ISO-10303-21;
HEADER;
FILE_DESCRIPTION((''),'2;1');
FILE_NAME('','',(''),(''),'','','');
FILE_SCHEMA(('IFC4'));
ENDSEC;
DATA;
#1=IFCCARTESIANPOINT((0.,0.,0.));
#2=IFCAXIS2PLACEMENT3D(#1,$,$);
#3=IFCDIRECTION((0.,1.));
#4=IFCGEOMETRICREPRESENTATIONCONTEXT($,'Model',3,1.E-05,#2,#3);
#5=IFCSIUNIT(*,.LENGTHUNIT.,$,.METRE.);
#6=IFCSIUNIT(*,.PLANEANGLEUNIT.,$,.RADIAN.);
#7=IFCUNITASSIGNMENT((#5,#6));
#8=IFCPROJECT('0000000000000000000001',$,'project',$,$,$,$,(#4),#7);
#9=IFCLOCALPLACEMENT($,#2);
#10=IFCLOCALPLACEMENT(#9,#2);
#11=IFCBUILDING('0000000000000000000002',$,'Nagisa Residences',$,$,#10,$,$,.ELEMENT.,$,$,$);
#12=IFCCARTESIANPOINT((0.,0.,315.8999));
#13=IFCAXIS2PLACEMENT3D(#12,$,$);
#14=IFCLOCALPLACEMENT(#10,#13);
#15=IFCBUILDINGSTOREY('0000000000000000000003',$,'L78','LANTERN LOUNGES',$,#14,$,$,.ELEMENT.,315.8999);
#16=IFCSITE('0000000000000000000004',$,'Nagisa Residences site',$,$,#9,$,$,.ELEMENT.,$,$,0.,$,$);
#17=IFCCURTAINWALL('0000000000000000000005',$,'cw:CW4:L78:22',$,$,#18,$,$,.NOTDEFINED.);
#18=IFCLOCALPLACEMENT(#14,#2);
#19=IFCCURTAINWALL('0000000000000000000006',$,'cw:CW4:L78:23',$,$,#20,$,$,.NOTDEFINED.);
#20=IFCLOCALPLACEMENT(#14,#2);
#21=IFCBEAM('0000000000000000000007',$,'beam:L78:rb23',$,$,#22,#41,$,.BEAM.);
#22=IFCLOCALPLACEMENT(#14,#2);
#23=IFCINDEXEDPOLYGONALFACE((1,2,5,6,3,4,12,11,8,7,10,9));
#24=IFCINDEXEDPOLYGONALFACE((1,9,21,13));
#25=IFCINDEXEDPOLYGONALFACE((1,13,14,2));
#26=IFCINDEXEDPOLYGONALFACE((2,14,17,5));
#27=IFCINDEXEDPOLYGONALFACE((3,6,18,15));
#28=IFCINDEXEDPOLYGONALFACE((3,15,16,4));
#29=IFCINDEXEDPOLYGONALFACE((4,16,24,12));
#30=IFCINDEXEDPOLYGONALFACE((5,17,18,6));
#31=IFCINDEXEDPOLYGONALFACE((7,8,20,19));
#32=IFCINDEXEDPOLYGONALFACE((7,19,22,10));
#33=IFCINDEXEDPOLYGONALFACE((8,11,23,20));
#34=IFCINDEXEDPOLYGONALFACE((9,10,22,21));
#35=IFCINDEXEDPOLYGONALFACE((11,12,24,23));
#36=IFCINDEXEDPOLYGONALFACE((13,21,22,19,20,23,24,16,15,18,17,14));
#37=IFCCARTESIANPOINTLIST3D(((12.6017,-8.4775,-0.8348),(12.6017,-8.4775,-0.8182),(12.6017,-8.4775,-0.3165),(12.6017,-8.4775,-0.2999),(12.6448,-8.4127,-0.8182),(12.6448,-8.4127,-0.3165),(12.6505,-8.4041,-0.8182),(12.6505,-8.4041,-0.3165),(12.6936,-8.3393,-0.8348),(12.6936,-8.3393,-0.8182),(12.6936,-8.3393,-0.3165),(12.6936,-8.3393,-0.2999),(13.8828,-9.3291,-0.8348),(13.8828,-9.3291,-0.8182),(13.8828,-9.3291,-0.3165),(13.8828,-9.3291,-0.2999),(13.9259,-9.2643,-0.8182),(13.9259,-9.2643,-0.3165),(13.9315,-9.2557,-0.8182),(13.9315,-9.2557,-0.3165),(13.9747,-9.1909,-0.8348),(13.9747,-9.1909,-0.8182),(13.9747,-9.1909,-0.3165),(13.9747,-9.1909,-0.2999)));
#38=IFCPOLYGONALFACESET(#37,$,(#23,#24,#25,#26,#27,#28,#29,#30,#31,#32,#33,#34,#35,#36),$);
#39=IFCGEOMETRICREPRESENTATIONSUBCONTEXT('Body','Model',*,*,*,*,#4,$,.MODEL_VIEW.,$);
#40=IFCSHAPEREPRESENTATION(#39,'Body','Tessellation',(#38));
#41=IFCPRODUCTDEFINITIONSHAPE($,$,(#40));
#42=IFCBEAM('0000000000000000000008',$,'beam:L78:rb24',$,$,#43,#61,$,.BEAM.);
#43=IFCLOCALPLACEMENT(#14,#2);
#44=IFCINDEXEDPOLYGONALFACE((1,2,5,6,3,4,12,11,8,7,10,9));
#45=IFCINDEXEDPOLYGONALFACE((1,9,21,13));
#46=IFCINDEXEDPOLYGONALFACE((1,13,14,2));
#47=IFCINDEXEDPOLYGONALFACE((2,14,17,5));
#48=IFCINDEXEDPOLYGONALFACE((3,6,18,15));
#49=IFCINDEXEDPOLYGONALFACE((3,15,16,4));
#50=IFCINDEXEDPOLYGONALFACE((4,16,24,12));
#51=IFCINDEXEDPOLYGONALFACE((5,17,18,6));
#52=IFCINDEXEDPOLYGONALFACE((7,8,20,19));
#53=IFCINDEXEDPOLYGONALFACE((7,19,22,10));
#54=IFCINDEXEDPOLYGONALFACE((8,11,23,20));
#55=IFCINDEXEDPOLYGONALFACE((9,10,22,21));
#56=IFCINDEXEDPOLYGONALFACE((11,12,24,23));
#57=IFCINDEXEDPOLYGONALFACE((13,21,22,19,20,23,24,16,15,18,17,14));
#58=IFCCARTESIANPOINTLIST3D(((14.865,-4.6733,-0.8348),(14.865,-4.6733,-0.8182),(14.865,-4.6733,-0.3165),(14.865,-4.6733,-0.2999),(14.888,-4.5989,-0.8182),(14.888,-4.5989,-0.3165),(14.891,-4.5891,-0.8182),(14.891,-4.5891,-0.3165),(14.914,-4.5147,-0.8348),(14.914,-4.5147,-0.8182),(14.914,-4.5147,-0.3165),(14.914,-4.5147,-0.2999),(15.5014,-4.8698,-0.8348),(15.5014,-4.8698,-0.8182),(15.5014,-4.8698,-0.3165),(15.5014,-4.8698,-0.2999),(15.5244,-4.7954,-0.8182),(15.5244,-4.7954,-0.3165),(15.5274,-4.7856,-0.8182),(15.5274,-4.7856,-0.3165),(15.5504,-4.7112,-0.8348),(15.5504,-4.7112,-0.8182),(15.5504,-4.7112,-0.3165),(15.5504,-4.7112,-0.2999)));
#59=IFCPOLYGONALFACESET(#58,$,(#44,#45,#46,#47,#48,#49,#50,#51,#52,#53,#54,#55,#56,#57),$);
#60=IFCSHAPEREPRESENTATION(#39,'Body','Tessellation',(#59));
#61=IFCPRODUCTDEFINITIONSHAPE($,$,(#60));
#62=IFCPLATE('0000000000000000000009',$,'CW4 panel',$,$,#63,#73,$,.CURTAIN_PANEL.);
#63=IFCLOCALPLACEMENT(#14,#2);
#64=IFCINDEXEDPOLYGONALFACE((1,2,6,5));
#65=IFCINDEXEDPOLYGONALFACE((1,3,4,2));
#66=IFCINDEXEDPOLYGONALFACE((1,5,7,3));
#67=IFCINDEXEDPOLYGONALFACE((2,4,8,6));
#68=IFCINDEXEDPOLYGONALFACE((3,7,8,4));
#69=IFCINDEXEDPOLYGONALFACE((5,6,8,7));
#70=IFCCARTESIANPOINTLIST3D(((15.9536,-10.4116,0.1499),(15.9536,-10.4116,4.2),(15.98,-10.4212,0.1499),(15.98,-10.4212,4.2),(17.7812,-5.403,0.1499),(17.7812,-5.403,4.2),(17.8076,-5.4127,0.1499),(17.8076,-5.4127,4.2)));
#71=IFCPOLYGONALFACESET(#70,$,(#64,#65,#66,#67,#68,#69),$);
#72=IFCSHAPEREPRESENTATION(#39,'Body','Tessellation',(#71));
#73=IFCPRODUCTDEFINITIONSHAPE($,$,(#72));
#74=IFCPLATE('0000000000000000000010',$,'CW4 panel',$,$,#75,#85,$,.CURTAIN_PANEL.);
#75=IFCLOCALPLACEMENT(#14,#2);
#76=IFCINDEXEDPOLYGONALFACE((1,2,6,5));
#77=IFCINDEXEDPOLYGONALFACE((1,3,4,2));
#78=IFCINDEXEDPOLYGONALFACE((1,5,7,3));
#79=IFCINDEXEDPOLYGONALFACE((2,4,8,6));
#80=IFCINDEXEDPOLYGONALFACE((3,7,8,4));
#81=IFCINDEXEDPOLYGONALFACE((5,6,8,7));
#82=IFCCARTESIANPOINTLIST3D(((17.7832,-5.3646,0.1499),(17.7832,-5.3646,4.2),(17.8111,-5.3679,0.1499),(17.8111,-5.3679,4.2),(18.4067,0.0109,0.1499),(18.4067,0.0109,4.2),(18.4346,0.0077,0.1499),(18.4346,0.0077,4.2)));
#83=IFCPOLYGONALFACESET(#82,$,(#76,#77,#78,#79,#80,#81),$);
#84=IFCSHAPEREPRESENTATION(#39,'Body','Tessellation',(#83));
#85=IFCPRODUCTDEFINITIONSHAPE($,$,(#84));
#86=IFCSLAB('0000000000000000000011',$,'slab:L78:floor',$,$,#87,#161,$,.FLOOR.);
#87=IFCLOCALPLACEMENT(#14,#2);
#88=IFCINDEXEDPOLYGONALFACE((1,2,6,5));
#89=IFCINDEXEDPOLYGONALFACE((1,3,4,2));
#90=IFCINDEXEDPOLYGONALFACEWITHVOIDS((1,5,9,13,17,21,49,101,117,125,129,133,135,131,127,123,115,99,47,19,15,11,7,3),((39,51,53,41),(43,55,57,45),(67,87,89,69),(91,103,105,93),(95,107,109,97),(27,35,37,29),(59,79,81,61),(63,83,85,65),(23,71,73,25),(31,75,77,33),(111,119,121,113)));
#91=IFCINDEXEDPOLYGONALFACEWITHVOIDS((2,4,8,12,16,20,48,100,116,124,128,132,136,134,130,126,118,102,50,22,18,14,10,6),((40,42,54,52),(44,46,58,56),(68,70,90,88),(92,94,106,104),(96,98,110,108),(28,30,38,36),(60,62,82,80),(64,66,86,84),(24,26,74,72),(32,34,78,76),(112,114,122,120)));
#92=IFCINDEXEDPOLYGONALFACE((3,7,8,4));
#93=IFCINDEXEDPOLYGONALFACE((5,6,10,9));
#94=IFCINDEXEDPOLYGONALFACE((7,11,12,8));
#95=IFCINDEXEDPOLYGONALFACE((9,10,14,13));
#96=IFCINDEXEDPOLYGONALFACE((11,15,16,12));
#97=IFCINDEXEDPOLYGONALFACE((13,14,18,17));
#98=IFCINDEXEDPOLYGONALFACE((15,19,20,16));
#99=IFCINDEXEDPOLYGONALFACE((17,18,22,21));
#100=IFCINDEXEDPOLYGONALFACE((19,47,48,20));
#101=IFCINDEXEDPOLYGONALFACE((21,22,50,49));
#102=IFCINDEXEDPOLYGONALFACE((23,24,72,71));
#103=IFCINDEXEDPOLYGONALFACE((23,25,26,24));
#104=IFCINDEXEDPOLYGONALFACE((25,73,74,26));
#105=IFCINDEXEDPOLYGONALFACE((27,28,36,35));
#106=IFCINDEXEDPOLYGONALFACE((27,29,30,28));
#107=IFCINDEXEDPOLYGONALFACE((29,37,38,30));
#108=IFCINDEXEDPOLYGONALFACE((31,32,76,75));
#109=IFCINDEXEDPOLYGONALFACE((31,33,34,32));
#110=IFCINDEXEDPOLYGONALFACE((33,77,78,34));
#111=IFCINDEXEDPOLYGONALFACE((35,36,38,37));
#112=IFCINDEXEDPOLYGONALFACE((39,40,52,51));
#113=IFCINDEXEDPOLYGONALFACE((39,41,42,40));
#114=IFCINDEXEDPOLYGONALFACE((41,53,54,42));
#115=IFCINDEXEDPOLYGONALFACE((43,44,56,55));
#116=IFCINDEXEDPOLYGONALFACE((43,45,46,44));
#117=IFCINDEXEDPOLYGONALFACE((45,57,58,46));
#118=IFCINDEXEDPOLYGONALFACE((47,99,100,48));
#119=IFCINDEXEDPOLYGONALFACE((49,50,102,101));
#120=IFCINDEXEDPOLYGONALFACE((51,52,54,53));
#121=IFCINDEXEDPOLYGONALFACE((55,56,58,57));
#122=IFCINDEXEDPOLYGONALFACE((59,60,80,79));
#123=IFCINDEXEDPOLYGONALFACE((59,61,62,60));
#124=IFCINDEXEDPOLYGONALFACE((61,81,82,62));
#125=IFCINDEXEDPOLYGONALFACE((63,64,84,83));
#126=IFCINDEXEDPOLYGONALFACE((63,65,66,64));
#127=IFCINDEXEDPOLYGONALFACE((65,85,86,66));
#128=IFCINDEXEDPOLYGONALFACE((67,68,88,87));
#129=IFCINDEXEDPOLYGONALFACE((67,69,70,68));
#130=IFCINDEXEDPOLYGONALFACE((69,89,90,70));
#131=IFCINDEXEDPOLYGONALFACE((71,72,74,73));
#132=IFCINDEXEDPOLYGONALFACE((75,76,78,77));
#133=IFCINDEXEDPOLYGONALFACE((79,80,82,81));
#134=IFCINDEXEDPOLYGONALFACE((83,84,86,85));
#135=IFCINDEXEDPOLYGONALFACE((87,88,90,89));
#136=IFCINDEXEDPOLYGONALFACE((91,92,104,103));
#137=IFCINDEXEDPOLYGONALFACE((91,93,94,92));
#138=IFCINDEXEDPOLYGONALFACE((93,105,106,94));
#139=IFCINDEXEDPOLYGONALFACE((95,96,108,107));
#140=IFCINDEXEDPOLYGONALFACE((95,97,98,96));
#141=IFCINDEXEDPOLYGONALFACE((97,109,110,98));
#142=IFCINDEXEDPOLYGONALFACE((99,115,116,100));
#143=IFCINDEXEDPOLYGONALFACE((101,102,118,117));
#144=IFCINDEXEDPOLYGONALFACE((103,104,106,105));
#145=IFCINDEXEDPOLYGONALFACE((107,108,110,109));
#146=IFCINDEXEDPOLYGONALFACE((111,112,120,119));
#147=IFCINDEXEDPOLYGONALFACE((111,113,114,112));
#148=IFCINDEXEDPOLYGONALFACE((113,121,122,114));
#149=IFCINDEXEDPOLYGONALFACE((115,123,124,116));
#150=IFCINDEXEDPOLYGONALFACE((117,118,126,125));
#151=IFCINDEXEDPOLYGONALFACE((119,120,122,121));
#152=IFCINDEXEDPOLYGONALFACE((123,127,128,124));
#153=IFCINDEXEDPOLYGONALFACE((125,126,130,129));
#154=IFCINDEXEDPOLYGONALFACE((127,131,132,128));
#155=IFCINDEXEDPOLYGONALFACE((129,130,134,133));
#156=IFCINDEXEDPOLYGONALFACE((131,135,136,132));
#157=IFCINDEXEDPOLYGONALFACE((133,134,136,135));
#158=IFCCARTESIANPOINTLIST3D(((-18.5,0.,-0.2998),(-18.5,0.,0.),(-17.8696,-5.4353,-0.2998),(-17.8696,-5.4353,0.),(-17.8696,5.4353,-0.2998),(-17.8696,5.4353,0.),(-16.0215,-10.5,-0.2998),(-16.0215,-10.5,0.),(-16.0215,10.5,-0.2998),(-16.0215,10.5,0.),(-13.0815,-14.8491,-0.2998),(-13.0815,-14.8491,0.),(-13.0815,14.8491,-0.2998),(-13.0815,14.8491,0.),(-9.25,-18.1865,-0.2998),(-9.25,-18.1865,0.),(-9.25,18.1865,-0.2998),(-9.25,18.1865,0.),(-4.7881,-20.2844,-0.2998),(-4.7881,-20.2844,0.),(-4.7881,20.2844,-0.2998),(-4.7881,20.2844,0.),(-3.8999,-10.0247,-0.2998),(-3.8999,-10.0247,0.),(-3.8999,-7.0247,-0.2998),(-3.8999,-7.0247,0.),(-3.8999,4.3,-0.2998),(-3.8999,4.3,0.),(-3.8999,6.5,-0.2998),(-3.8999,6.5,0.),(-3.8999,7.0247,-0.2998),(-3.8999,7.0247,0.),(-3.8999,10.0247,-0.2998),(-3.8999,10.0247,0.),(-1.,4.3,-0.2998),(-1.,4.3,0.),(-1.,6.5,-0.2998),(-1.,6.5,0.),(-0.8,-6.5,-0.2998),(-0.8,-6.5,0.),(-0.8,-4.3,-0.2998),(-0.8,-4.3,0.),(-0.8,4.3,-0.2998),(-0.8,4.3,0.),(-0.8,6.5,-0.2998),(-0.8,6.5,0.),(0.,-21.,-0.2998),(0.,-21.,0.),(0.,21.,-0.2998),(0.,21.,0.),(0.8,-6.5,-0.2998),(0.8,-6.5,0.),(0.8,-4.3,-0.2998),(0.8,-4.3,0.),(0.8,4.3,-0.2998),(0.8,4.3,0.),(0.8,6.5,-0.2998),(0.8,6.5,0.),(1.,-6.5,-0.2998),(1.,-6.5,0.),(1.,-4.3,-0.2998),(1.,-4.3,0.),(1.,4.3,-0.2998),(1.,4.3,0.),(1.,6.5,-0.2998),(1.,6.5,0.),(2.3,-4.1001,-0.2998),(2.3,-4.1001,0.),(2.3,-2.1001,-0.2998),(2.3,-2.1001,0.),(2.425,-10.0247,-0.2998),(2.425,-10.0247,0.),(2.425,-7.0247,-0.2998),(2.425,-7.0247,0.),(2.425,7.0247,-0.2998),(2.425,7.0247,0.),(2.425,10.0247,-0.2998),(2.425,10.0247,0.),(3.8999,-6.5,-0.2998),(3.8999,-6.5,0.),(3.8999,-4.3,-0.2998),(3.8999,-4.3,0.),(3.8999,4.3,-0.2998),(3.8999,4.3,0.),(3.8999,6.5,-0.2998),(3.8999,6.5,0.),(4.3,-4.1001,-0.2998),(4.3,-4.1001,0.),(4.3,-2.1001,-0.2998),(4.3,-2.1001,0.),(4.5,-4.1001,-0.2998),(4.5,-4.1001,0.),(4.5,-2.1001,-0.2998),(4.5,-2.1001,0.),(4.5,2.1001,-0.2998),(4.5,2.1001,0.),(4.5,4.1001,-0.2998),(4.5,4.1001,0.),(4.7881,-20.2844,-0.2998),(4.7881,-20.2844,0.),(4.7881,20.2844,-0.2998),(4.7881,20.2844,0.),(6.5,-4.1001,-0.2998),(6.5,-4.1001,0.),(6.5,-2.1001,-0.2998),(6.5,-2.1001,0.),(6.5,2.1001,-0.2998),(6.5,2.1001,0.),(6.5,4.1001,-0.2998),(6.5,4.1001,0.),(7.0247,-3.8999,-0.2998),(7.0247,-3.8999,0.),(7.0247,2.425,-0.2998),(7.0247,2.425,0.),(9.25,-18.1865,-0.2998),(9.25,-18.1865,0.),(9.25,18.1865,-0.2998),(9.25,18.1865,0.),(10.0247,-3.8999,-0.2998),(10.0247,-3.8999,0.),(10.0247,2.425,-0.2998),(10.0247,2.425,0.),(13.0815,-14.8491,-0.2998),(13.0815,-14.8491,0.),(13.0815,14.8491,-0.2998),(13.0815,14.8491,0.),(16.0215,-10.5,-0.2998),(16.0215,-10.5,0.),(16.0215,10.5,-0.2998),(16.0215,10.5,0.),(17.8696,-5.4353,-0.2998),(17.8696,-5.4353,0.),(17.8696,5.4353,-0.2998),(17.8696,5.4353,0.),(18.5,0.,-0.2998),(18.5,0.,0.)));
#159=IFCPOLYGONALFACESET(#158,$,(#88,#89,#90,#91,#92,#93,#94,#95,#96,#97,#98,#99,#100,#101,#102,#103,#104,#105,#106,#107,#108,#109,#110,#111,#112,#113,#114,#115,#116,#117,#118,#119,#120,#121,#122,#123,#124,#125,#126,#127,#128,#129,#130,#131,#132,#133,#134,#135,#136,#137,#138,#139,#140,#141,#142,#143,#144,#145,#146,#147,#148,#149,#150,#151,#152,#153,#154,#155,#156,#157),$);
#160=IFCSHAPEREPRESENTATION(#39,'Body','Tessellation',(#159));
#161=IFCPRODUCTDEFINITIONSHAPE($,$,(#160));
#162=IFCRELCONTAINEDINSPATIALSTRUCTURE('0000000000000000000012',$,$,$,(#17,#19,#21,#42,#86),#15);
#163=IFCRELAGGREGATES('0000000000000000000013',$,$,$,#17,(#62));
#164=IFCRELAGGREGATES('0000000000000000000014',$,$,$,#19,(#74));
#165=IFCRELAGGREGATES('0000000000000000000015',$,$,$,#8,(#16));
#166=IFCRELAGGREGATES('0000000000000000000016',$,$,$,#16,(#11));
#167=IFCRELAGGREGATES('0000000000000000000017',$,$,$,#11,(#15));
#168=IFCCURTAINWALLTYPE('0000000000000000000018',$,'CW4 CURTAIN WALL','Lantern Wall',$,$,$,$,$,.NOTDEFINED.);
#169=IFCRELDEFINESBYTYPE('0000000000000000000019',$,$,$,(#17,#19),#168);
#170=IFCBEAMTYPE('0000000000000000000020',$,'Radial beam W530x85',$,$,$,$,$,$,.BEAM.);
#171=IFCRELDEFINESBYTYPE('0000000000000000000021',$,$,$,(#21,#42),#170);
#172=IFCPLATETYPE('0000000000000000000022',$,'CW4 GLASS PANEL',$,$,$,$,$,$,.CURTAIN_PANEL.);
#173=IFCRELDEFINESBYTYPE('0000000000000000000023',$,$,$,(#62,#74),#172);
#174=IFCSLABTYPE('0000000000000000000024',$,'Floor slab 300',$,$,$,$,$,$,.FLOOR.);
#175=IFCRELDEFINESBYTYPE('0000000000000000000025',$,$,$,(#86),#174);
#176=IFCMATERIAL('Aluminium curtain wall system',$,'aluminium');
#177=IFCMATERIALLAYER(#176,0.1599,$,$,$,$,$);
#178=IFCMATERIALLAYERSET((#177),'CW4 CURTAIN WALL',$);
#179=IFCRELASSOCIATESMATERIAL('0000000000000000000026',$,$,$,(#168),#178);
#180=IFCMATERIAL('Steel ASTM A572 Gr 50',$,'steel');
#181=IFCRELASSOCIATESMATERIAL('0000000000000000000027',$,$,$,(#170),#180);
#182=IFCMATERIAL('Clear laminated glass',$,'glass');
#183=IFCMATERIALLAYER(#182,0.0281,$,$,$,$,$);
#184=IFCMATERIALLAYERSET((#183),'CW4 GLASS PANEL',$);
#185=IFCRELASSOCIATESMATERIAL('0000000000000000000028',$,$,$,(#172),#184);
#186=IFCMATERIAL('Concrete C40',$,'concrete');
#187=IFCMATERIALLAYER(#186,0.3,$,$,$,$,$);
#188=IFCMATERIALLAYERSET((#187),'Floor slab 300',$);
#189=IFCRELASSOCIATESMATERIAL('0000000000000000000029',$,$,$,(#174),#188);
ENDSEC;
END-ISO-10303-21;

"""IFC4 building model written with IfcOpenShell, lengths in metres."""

from ifc_helpers import new_model, si_unit, direction, frame, origin, origin_2d, place, context, subcontext, project, spatial, polyline, rectangle, i_section, outline, extrude, material, layer, layer_set, material_profile, profile_set, type_object, element, aggregate, save


model = new_model("IFC4")

# Units and contexts
model_context = context("Model", 3, precision=1e-05, world=origin(), true_north=direction((0.0, 1.0)))
body_context = subcontext(model_context, "Body", "Model", "MODEL_VIEW")
ifc_project = project(units=[si_unit("LENGTHUNIT", "METRE"), si_unit("PLANEANGLEUNIT", "RADIAN")], contexts=[model_context])

# Site, building, storey
site_placement = place(None, origin())
site = spatial("IfcSite", under=ifc_project, at=site_placement, Name="Nagisa Residences site", CompositionType="ELEMENT", RefElevation=0.0)
building_placement = place(site_placement, origin())
building = spatial("IfcBuilding", under=site, at=building_placement, Name="Nagisa Residences", CompositionType="ELEMENT")
storey_placement = place(building_placement, frame((0.0, 0.0, 315.8999)))
storey = spatial("IfcBuildingStorey", under=building, at=storey_placement, Name="L78", Description="LANTERN LOUNGES", CompositionType="ELEMENT", Elevation=315.8999)

# Curtain walls
ifc_material_1 = material(Name="Aluminium curtain wall system", Category="aluminium")
ifc_layer_1 = layer(ifc_material_1, 0.1599)
ifc_layer_set_1 = layer_set([ifc_layer_1], Name="CW4 CURTAIN WALL")
curtain_wall_type = type_object("IfcCurtainWallType", Name="CW4 CURTAIN WALL", Description="Lantern Wall", PredefinedType="NOTDEFINED", material=ifc_layer_set_1)
curtain_wall_1_placement = place(storey_placement, origin())
curtain_wall_1 = element("IfcCurtainWall", 1, at=curtain_wall_1_placement, inside=storey, type_object=curtain_wall_type, Name="cw:CW4:L78:22", PredefinedType="NOTDEFINED")
curtain_wall_2_placement = place(storey_placement, origin())
curtain_wall_2 = element("IfcCurtainWall", 2, at=curtain_wall_2_placement, inside=storey, type_object=curtain_wall_type, Name="cw:CW4:L78:23", PredefinedType="NOTDEFINED")

# Beams
ifc_material_2 = material(Name="Steel ASTM A572 Gr 50", Category="steel")
ifc_material_profile_1 = material_profile(ifc_material_2, i_section(OverallWidth=0.166, OverallDepth=0.5349, WebThickness=0.0103, FlangeThickness=0.0166, at=origin_2d()), Name="W530x85")
ifc_profile_set_1 = profile_set([ifc_material_profile_1], Name="Steel ASTM A572 Gr 50")
beam_type_1 = type_object("IfcBeamType", Name="Radial beam W530x85", PredefinedType="BEAM", material=ifc_profile_set_1)
beam_1_placement = place(storey_placement, frame((13.9287, -9.26, -0.5674), z_axis=(-0.832782, 0.553601, 0.0), x_axis=(-0.553601, -0.832782, 0.0)))
element("IfcBeam", 3, at=beam_1_placement, inside=storey, type_object=beam_type_1, Name="beam:L78:rb23", PredefinedType="BEAM", context=body_context, shape_type="SweptSolid", body=[
    extrude(i_section(OverallWidth=0.166, OverallDepth=0.5349, WebThickness=0.0103, FlangeThickness=0.0166, at=origin_2d()), origin(), (0.0, 0.0, 1.0), 1.5383),
])
beam_2_placement = place(storey_placement, frame((15.5259, -4.7905, -0.5674), z_axis=(-0.955485, 0.295039, 0.0), x_axis=(-0.295039, -0.955485, 0.0)))
element("IfcBeam", 4, at=beam_2_placement, inside=storey, type_object=beam_type_1, Name="beam:L78:rb24", PredefinedType="BEAM", context=body_context, shape_type="SweptSolid", body=[
    extrude(i_section(OverallWidth=0.166, OverallDepth=0.5349, WebThickness=0.0103, FlangeThickness=0.0166, at=origin_2d()), origin(), (0.0, 0.0, 1.0), 0.666),
])

# Plates
ifc_material_3 = material(Name="Clear laminated glass", Category="glass")
ifc_layer_2 = layer(ifc_material_3, 0.0281)
ifc_layer_set_2 = layer_set([ifc_layer_2], Name="CW4 GLASS PANEL")
plate_type = type_object("IfcPlateType", Name="CW4 GLASS PANEL", PredefinedType="CURTAIN_PANEL", material=ifc_layer_set_2)
plate_1_placement = place(storey_placement, frame((16.8806, -7.9121, 0.1499), z_axis=(0.0, 0.0, 1.0), x_axis=(0.342793, 0.939411, 0.0)))
plate_1 = element("IfcPlate", 5, at=plate_1_placement, type_object=plate_type, Name="CW4 panel", PredefinedType="CURTAIN_PANEL", context=body_context, shape_type="SweptSolid", body=[
    extrude(rectangle(XDim=5.3315, YDim=0.0281, at=origin_2d()), origin(), (0.0, 0.0, 1.0), 4.05),
])
aggregate(curtain_wall_1, [plate_1])
plate_2_placement = place(storey_placement, frame((18.1089, -2.6785, 0.1499), z_axis=(0.0, 0.0, 1.0), x_axis=(0.115207, 0.993341, 0.0)))
plate_2 = element("IfcPlate", 6, at=plate_2_placement, type_object=plate_type, Name="CW4 panel", PredefinedType="CURTAIN_PANEL", context=body_context, shape_type="SweptSolid", body=[
    extrude(rectangle(XDim=5.4116, YDim=0.0281, at=origin_2d()), origin(), (0.0, 0.0, 1.0), 4.05),
])
aggregate(curtain_wall_2, [plate_2])

# Slab
ifc_material_4 = material(Name="Concrete C40", Category="concrete")
ifc_layer_3 = layer(ifc_material_4, 0.3)
ifc_layer_set_3 = layer_set([ifc_layer_3], Name="Floor slab 300")
slab_type_1 = type_object("IfcSlabType", Name="Floor slab 300", PredefinedType="FLOOR", material=ifc_layer_set_3)
slab_1_placement = place(storey_placement, frame((0.0, 0.0, -0.2998)))
element("IfcSlab", 7, at=slab_1_placement, inside=storey, type_object=slab_type_1, Name="slab:L78:floor", PredefinedType="FLOOR", context=body_context, shape_type="SweptSolid", body=[
    extrude(outline(polyline([(18.5, 0.0), (17.8696, 5.4353), (16.0215, 10.5), (13.0815, 14.8491), (9.25, 18.1865), (4.7881, 20.2844), (0.0, 21.0), (-4.7881, 20.2844), (-9.25, 18.1865), (-13.0815, 14.8491), (-16.0215, 10.5), (-17.8696, 5.4353), (-18.5, 0.0), (-17.8696, -5.4353), (-16.0215, -10.5), (-13.0815, -14.8491), (-9.25, -18.1865), (-4.7881, -20.2844), (0.0, -21.0), (4.7881, -20.2844), (9.25, -18.1865), (13.0815, -14.8491), (16.0215, -10.5), (17.8696, -5.4353), (18.5, 0.0)]), holes=[polyline([(6.5, 2.1001), (6.5, 4.1001), (4.5, 4.1001), (4.5, 2.1001), (6.5, 2.1001)]), polyline([(4.3, -4.1001), (4.3, -2.1001), (2.3, -2.1001), (2.3, -4.1001), (4.3, -4.1001)]), polyline([(6.5, -4.1001), (6.5, -2.1001), (4.5, -2.1001), (4.5, -4.1001), (6.5, -4.1001)]), polyline([(3.8999, 4.3), (3.8999, 6.5), (1.0, 6.5), (1.0, 4.3), (3.8999, 4.3)]), polyline([(3.8999, -6.5), (3.8999, -4.3), (1.0, -4.3), (1.0, -6.5), (3.8999, -6.5)]), polyline([(-1.0, 4.3), (-1.0, 6.5), (-3.8999, 6.5), (-3.8999, 4.3), (-1.0, 4.3)]), polyline([(0.8, 4.3), (0.8, 6.5), (-0.8, 6.5), (-0.8, 4.3), (0.8, 4.3)]), polyline([(0.8, -6.5), (0.8, -4.3), (-0.8, -4.3), (-0.8, -6.5), (0.8, -6.5)]), polyline([(10.0247, -3.8999), (7.0247, -3.8999), (7.0247, 2.425), (10.0247, 2.425), (10.0247, -3.8999)]), polyline([(-3.8999, 7.0247), (-3.8999, 10.0247), (2.425, 10.0247), (2.425, 7.0247), (-3.8999, 7.0247)]), polyline([(-3.8999, -10.0247), (-3.8999, -7.0247), (2.425, -7.0247), (2.425, -10.0247), (-3.8999, -10.0247)])]), origin(), (0.0, 0.0, 1.0), 0.2998),
])

save(model, "model.ifc")
